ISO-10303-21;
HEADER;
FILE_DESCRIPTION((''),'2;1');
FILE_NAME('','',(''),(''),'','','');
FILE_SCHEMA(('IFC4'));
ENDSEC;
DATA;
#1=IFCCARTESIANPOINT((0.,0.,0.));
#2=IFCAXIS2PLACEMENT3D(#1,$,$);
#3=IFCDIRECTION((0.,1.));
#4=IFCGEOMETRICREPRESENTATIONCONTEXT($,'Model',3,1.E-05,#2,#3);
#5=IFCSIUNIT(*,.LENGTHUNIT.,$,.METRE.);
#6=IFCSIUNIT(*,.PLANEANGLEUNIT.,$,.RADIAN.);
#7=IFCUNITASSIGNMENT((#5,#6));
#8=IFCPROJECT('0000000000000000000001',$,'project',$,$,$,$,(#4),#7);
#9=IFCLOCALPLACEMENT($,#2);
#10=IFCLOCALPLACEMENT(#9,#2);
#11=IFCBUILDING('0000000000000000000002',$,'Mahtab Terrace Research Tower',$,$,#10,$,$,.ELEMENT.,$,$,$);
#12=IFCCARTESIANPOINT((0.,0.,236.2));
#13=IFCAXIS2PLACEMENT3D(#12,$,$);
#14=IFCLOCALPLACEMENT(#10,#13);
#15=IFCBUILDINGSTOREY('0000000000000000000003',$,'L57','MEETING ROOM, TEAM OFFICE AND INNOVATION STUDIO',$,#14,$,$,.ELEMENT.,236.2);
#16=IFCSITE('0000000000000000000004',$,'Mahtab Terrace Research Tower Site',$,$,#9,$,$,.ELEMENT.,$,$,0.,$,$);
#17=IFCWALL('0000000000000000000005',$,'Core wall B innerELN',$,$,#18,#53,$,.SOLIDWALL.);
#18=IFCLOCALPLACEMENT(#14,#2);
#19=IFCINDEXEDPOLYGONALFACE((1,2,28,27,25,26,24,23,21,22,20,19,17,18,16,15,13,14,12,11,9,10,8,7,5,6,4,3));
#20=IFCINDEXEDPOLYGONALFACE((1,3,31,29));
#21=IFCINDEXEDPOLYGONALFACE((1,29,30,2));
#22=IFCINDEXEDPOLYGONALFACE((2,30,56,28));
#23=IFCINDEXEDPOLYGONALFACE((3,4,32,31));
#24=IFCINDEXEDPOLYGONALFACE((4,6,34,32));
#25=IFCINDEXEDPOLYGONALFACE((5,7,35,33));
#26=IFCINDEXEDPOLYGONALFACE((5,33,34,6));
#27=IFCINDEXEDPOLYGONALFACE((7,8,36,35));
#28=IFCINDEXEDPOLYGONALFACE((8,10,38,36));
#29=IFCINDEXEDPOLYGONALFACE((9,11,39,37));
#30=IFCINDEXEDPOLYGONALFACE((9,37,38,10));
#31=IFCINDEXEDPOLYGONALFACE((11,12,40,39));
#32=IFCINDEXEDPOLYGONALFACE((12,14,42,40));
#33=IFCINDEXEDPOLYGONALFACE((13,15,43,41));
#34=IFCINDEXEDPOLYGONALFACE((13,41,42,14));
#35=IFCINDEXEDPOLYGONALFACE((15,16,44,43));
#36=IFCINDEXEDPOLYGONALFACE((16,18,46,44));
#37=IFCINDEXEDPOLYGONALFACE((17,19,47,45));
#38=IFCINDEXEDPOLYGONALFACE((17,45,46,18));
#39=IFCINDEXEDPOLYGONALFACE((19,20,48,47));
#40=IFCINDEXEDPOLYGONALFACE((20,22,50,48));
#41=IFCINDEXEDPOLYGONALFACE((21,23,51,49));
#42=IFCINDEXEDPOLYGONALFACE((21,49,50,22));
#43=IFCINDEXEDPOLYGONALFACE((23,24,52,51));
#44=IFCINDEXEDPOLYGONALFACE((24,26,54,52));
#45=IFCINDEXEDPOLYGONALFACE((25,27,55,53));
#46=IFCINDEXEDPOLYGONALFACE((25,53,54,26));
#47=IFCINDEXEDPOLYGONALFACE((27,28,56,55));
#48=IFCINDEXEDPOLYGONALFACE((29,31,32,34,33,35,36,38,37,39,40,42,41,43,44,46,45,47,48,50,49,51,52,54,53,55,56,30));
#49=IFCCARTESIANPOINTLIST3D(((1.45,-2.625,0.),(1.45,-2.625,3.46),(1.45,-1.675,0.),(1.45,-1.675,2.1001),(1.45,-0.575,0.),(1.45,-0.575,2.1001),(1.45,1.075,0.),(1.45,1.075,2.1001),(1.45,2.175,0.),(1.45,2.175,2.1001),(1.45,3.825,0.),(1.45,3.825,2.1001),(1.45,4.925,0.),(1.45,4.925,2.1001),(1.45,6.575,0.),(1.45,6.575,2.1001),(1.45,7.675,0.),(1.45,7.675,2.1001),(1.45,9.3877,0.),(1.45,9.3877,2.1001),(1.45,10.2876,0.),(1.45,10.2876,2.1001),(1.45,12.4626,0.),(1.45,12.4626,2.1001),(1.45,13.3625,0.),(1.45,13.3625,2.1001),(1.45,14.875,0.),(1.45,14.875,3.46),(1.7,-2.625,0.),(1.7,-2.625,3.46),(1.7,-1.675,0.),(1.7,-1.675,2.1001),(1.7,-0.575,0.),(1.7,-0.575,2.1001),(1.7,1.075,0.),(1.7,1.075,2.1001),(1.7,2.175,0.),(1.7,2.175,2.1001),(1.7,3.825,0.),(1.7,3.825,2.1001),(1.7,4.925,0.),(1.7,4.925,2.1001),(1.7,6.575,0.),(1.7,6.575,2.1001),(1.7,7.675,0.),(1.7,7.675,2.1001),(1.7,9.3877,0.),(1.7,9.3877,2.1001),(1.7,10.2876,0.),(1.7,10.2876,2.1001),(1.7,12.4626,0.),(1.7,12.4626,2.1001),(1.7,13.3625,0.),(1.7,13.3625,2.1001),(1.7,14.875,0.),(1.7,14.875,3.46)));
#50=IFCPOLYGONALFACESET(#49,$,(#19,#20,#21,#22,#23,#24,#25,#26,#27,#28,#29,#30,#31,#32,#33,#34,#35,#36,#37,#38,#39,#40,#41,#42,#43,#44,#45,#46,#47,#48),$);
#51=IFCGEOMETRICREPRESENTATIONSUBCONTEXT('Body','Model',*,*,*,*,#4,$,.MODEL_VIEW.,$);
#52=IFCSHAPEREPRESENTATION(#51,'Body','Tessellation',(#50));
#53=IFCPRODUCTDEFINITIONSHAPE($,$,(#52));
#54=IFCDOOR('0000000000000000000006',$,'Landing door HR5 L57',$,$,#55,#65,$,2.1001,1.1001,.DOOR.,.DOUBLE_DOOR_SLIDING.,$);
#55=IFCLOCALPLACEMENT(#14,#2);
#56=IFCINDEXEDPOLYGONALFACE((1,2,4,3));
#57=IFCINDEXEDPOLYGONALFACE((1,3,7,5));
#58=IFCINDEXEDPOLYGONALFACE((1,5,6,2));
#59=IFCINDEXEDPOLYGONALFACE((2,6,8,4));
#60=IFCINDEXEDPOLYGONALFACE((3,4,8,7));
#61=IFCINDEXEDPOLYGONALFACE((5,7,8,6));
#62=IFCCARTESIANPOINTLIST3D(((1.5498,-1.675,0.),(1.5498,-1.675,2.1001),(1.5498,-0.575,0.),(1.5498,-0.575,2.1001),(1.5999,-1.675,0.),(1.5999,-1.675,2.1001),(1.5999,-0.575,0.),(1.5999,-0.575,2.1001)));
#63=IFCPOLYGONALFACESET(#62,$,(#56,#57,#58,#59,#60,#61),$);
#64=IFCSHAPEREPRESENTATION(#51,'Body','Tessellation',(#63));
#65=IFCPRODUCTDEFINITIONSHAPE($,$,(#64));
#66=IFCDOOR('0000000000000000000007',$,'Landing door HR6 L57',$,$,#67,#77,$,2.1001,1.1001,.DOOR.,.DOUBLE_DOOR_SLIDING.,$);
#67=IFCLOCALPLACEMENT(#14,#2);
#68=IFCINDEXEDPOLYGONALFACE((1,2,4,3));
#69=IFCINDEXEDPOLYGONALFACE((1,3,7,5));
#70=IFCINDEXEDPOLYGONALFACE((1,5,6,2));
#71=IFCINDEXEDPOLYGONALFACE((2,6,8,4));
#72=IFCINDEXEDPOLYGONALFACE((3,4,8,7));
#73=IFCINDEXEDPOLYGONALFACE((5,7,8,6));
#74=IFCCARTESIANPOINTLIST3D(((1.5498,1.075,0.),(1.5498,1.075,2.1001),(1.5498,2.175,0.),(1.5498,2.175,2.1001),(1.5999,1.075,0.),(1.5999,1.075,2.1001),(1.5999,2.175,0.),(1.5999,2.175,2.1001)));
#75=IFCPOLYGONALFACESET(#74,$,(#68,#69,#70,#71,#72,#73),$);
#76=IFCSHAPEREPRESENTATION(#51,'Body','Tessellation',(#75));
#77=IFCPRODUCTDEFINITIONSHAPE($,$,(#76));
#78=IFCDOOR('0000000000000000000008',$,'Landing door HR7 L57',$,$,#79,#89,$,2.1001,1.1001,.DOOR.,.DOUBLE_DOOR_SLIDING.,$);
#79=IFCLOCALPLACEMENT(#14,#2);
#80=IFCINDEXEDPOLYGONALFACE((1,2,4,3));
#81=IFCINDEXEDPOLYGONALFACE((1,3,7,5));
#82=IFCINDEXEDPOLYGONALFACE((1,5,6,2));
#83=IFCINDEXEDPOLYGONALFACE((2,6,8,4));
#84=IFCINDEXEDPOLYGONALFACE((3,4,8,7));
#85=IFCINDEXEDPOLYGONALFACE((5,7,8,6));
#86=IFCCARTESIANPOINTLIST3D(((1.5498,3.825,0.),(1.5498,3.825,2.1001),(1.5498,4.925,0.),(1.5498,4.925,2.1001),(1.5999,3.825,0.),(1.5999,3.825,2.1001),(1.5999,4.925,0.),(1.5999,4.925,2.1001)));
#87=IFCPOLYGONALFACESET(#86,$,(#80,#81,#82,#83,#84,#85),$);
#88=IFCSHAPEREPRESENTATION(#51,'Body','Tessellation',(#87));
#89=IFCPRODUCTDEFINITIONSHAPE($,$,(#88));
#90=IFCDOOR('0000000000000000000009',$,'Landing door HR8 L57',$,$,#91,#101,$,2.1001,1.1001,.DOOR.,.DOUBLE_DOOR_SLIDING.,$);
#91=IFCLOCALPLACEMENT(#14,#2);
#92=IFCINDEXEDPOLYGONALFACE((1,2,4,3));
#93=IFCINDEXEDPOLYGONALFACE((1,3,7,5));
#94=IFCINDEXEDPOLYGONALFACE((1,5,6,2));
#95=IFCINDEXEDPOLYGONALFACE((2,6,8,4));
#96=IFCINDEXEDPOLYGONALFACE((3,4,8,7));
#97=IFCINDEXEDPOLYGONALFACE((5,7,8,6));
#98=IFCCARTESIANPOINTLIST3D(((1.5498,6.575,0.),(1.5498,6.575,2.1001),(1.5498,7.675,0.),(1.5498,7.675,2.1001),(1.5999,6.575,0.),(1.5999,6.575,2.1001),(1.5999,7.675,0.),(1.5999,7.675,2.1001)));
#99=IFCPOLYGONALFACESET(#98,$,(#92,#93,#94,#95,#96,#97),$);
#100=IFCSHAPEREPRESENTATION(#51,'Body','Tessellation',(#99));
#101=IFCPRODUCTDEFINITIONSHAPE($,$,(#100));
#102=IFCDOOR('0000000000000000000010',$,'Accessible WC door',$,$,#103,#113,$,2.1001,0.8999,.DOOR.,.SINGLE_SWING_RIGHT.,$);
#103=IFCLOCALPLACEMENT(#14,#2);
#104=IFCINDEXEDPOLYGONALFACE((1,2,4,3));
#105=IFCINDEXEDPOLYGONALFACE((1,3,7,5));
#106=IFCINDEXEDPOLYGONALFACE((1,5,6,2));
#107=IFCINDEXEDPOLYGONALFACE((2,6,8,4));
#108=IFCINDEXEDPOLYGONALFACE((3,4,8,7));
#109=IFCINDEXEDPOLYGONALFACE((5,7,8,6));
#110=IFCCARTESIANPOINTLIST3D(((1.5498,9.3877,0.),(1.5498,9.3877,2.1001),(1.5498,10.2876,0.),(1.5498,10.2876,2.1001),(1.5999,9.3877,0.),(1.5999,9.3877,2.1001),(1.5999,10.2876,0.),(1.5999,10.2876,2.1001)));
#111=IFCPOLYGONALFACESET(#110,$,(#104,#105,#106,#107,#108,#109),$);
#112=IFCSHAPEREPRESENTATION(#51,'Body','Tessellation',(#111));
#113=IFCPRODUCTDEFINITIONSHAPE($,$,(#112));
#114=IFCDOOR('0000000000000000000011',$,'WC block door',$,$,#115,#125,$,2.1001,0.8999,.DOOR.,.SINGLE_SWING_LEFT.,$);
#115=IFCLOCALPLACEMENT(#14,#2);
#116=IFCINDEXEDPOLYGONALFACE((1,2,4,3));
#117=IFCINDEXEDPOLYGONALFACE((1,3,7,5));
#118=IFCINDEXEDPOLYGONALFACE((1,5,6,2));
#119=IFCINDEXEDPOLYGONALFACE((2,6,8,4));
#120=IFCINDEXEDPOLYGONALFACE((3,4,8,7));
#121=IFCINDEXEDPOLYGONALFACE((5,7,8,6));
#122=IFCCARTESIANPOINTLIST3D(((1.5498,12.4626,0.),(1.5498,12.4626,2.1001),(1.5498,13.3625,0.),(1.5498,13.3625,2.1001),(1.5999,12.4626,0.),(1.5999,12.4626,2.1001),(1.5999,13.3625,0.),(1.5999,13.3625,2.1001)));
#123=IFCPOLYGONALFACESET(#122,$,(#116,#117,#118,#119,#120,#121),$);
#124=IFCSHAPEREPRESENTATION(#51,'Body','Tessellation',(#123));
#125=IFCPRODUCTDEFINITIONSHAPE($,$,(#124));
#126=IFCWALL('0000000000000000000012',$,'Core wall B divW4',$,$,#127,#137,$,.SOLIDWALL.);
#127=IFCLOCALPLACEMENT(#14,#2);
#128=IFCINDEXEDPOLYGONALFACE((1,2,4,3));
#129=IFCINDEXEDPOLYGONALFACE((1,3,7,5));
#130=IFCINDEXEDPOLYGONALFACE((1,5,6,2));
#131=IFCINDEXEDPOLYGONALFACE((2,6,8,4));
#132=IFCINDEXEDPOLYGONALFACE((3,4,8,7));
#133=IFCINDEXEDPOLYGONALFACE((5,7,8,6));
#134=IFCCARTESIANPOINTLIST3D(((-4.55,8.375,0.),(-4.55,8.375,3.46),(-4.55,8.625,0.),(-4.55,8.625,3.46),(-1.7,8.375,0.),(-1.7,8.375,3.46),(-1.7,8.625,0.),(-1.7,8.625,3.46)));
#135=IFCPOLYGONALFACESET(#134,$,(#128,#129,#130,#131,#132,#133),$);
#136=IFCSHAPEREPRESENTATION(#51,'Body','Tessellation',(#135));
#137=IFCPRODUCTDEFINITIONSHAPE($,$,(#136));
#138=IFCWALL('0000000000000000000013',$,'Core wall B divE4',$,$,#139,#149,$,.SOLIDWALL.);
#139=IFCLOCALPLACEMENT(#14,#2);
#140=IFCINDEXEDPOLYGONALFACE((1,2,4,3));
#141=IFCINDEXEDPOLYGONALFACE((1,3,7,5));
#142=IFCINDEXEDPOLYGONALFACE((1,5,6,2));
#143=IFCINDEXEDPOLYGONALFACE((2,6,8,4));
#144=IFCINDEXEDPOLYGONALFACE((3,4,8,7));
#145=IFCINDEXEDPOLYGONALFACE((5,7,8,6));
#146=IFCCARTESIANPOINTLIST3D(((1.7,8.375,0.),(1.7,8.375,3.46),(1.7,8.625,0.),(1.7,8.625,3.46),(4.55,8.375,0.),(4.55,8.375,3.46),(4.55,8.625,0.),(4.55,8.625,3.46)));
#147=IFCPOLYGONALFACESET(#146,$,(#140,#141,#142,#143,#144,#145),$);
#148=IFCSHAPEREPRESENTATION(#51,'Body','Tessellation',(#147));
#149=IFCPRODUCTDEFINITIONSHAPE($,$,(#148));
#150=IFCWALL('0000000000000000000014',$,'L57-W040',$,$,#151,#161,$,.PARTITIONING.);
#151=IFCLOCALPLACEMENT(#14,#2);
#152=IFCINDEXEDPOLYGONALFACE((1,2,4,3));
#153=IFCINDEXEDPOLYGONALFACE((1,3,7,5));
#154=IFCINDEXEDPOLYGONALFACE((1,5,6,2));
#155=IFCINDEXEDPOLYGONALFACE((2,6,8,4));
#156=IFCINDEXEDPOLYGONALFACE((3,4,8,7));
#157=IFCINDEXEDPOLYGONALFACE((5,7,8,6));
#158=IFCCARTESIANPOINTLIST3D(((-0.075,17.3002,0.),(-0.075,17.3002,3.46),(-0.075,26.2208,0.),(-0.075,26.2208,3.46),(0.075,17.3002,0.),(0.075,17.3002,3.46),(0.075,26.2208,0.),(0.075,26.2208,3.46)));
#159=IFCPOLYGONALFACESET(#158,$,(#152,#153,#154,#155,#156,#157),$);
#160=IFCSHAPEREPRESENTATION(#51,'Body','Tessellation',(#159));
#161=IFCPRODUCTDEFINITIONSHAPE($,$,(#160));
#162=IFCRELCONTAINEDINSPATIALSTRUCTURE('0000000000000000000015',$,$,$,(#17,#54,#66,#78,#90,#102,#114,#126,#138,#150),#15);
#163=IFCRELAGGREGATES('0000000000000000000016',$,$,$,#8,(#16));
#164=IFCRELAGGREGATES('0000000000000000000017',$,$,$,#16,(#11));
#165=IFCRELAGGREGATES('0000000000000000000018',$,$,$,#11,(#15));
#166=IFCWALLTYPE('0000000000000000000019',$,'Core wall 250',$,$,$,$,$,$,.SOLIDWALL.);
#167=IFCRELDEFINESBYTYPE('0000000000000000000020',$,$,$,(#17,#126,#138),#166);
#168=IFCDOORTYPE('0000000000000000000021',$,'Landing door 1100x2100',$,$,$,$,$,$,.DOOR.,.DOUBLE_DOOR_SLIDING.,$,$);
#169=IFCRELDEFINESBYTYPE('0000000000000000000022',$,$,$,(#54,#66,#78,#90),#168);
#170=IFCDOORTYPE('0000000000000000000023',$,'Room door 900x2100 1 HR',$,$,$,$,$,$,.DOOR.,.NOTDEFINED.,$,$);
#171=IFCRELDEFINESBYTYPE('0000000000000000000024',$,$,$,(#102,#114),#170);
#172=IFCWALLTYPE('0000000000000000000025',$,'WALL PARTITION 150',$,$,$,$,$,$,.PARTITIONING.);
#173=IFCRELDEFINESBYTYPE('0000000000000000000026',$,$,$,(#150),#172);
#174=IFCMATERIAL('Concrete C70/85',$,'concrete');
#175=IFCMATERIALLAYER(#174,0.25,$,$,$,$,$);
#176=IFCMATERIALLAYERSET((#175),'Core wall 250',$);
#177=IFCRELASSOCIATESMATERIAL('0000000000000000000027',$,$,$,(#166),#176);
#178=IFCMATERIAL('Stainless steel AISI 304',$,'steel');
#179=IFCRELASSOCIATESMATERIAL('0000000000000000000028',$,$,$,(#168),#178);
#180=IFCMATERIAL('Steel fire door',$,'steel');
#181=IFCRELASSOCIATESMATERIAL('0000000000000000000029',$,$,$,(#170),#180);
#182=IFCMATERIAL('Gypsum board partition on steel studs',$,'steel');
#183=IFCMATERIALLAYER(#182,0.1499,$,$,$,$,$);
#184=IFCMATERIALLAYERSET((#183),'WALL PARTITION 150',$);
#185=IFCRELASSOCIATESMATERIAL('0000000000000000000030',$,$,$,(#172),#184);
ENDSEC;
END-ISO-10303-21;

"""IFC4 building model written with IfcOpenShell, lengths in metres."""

from ifc_helpers import new_model, si_unit, direction, frame, frame_2d, origin, place, context, subcontext, project, spatial, rectangle, extrude, material, layer, layer_set, type_object, element, fill, save


model = new_model("IFC4")

# Units and contexts
model_context = context("Model", 3, precision=1e-05, world=origin(), true_north=direction((0.0, 1.0)))
body_context = subcontext(model_context, "Body", "Model", "MODEL_VIEW")
ifc_project = project(units=[si_unit("LENGTHUNIT", "METRE"), si_unit("PLANEANGLEUNIT", "RADIAN")], contexts=[model_context])

# Site, building, storey
site_placement = place(None, origin())
site = spatial("IfcSite", under=ifc_project, at=site_placement, Name="Mahtab Terrace Research Tower Site", CompositionType="ELEMENT", RefElevation=0.0)
building_placement = place(site_placement, origin())
building = spatial("IfcBuilding", under=site, at=building_placement, Name="Mahtab Terrace Research Tower", CompositionType="ELEMENT")
storey_placement = place(building_placement, frame((0.0, 0.0, 236.2)))
storey = spatial("IfcBuildingStorey", under=building, at=storey_placement, Name="L57", Description="MEETING ROOM, TEAM OFFICE AND INNOVATION STUDIO", CompositionType="ELEMENT", Elevation=236.2)

# Shared definitions
ifc_material_1 = material(Name="Concrete C70/85", Category="concrete")

# Shared definitions
ifc_layer_1 = layer(ifc_material_1, 0.25)
ifc_layer_set_1 = layer_set([ifc_layer_1], Name="Core wall 250")
wall_type_1 = type_object("IfcWallType", Name="Core wall 250", PredefinedType="SOLIDWALL", material=ifc_layer_set_1)

# Shared definitions
ifc_material_2 = material(Name="Steel fire door", Category="steel")

# Wall, openings, doors
wall_1_placement = place(storey_placement, frame((1.575, 14.875, 0.0), z_axis=(0.0, 0.0, 1.0), x_axis=(0.0, -1.0, 0.0)))
wall_1 = element("IfcWall", 1, at=wall_1_placement, inside=storey, type_object=wall_type_1, Name="Core wall B innerELN", PredefinedType="SOLIDWALL", context=body_context, shape_type="SweptSolid", body=[
    extrude(rectangle(XDim=17.5, YDim=0.25, at=frame_2d((8.75, 0.0))), origin(), (0.0, 0.0, 1.0), 3.46),
])
opening_1_placement = place(wall_1_placement, frame((15.45, 0.0, 0.0)))
opening_1 = element("IfcOpeningElement", 2, at=opening_1_placement, cuts=wall_1, PredefinedType="OPENING", context=body_context, shape_type="SweptSolid", body=[
    extrude(rectangle(XDim=1.1001, YDim=2.1001, at=frame_2d((0.55, 1.05))), frame((0.0, 0.135, 0.0), z_axis=(0.0, -1.0, 0.0), x_axis=(1.0, 0.0, 0.0)), (0.0, 0.0, 1.0), 0.27),
])
opening_2_placement = place(wall_1_placement, frame((12.7, 0.0, 0.0)))
opening_2 = element("IfcOpeningElement", 3, at=opening_2_placement, cuts=wall_1, PredefinedType="OPENING", context=body_context, shape_type="SweptSolid", body=[
    extrude(rectangle(XDim=1.1001, YDim=2.1001, at=frame_2d((0.55, 1.05))), frame((0.0, 0.135, 0.0), z_axis=(0.0, -1.0, 0.0), x_axis=(1.0, 0.0, 0.0)), (0.0, 0.0, 1.0), 0.27),
])
opening_3_placement = place(wall_1_placement, frame((9.95, 0.0, 0.0)))
opening_3 = element("IfcOpeningElement", 4, at=opening_3_placement, cuts=wall_1, PredefinedType="OPENING", context=body_context, shape_type="SweptSolid", body=[
    extrude(rectangle(XDim=1.1001, YDim=2.1001, at=frame_2d((0.55, 1.05))), frame((0.0, 0.135, 0.0), z_axis=(0.0, -1.0, 0.0), x_axis=(1.0, 0.0, 0.0)), (0.0, 0.0, 1.0), 0.27),
])
opening_4_placement = place(wall_1_placement, frame((7.2, 0.0, 0.0)))
opening_4 = element("IfcOpeningElement", 5, at=opening_4_placement, cuts=wall_1, PredefinedType="OPENING", context=body_context, shape_type="SweptSolid", body=[
    extrude(rectangle(XDim=1.1001, YDim=2.1001, at=frame_2d((0.55, 1.05))), frame((0.0, 0.135, 0.0), z_axis=(0.0, -1.0, 0.0), x_axis=(1.0, 0.0, 0.0)), (0.0, 0.0, 1.0), 0.27),
])
opening_5_placement = place(wall_1_placement, frame((4.5874, 0.0, 0.0)))
opening_5 = element("IfcOpeningElement", 6, at=opening_5_placement, cuts=wall_1, PredefinedType="OPENING", context=body_context, shape_type="SweptSolid", body=[
    extrude(rectangle(XDim=0.8999, YDim=2.1001, at=frame_2d((0.45, 1.05))), frame((0.0, 0.135, 0.0), z_axis=(0.0, -1.0, 0.0), x_axis=(1.0, 0.0, 0.0)), (0.0, 0.0, 1.0), 0.27),
])
opening_6_placement = place(wall_1_placement, frame((1.5125, 0.0, 0.0)))
opening_6 = element("IfcOpeningElement", 7, at=opening_6_placement, cuts=wall_1, PredefinedType="OPENING", context=body_context, shape_type="SweptSolid", body=[
    extrude(rectangle(XDim=0.8999, YDim=2.1001, at=frame_2d((0.45, 1.05))), frame((0.0, 0.135, 0.0), z_axis=(0.0, -1.0, 0.0), x_axis=(1.0, 0.0, 0.0)), (0.0, 0.0, 1.0), 0.27),
])
ifc_material_3 = material(Name="Stainless steel AISI 304", Category="steel")
door_type_1 = type_object("IfcDoorType", Name="Landing door 1100x2100", OperationType="DOUBLE_DOOR_SLIDING", PredefinedType="DOOR", material=ifc_material_3)
door_1_placement = place(opening_1_placement, origin())
door_1 = element("IfcDoor", 8, at=door_1_placement, inside=storey, type_object=door_type_1, Name="Landing door HR5 L57", OperationType="DOUBLE_DOOR_SLIDING", OverallHeight=2.1001, OverallWidth=1.1001, PredefinedType="DOOR", context=body_context, shape_type="SweptSolid", body=[
    extrude(rectangle(XDim=1.1001, YDim=2.1001, at=frame_2d((0.55, 1.05))), frame((0.0, 0.0249, 0.0), z_axis=(0.0, -1.0, 0.0), x_axis=(1.0, 0.0, 0.0)), (0.0, 0.0, 1.0), 0.05),
])
fill(opening_1, door_1)
door_2_placement = place(opening_2_placement, origin())
door_2 = element("IfcDoor", 9, at=door_2_placement, inside=storey, type_object=door_type_1, Name="Landing door HR6 L57", OperationType="DOUBLE_DOOR_SLIDING", OverallHeight=2.1001, OverallWidth=1.1001, PredefinedType="DOOR", context=body_context, shape_type="SweptSolid", body=[
    extrude(rectangle(XDim=1.1001, YDim=2.1001, at=frame_2d((0.55, 1.05))), frame((0.0, 0.0249, 0.0), z_axis=(0.0, -1.0, 0.0), x_axis=(1.0, 0.0, 0.0)), (0.0, 0.0, 1.0), 0.05),
])
fill(opening_2, door_2)
door_3_placement = place(opening_3_placement, origin())
door_3 = element("IfcDoor", 10, at=door_3_placement, inside=storey, type_object=door_type_1, Name="Landing door HR7 L57", OperationType="DOUBLE_DOOR_SLIDING", OverallHeight=2.1001, OverallWidth=1.1001, PredefinedType="DOOR", context=body_context, shape_type="SweptSolid", body=[
    extrude(rectangle(XDim=1.1001, YDim=2.1001, at=frame_2d((0.55, 1.05))), frame((0.0, 0.0249, 0.0), z_axis=(0.0, -1.0, 0.0), x_axis=(1.0, 0.0, 0.0)), (0.0, 0.0, 1.0), 0.05),
])
fill(opening_3, door_3)
door_4_placement = place(opening_4_placement, origin())
door_4 = element("IfcDoor", 11, at=door_4_placement, inside=storey, type_object=door_type_1, Name="Landing door HR8 L57", OperationType="DOUBLE_DOOR_SLIDING", OverallHeight=2.1001, OverallWidth=1.1001, PredefinedType="DOOR", context=body_context, shape_type="SweptSolid", body=[
    extrude(rectangle(XDim=1.1001, YDim=2.1001, at=frame_2d((0.55, 1.05))), frame((0.0, 0.0249, 0.0), z_axis=(0.0, -1.0, 0.0), x_axis=(1.0, 0.0, 0.0)), (0.0, 0.0, 1.0), 0.05),
])
fill(opening_4, door_4)
door_type_2 = type_object("IfcDoorType", Name="Room door 900x2100 1 HR", OperationType="NOTDEFINED", PredefinedType="DOOR", material=ifc_material_2)
door_5_placement = place(opening_5_placement, origin())
door_5 = element("IfcDoor", 12, at=door_5_placement, inside=storey, type_object=door_type_2, Name="Accessible WC door", OperationType="SINGLE_SWING_RIGHT", OverallHeight=2.1001, OverallWidth=0.8999, PredefinedType="DOOR", context=body_context, shape_type="SweptSolid", body=[
    extrude(rectangle(XDim=0.8999, YDim=2.1001, at=frame_2d((0.45, 1.05))), frame((0.0, 0.0249, 0.0), z_axis=(0.0, -1.0, 0.0), x_axis=(1.0, 0.0, 0.0)), (0.0, 0.0, 1.0), 0.05),
])
fill(opening_5, door_5)
door_6_placement = place(opening_6_placement, origin())
door_6 = element("IfcDoor", 13, at=door_6_placement, inside=storey, type_object=door_type_2, Name="WC block door", OperationType="SINGLE_SWING_LEFT", OverallHeight=2.1001, OverallWidth=0.8999, PredefinedType="DOOR", context=body_context, shape_type="SweptSolid", body=[
    extrude(rectangle(XDim=0.8999, YDim=2.1001, at=frame_2d((0.45, 1.05))), frame((0.0, 0.0249, 0.0), z_axis=(0.0, -1.0, 0.0), x_axis=(1.0, 0.0, 0.0)), (0.0, 0.0, 1.0), 0.05),
])
fill(opening_6, door_6)

# Walls
for number, where, z_axis, x_axis, name in (
    (14, (-4.55, 8.5, 0.0), (0.0, 0.0, 1.0), (1.0, 0.0, 0.0), "Core wall B divW4"),
    (15, (1.7, 8.5, 0.0), (0.0, 0.0, 1.0), (1.0, 0.0, 0.0), "Core wall B divE4"),
):
    element("IfcWall", number, at=place(storey_placement, frame(where, z_axis=z_axis, x_axis=x_axis)), inside=storey, type_object=wall_type_1, Name=name, PredefinedType="SOLIDWALL", context=body_context, shape_type="SweptSolid", body=[
        extrude(rectangle(XDim=2.8501, YDim=0.25, at=frame_2d((1.425, 0.0))), origin(), (0.0, 0.0, 1.0), 3.46),
    ])
ifc_material_4 = material(Name="Gypsum board partition on steel studs", Category="steel")
ifc_layer_2 = layer(ifc_material_4, 0.1499)
ifc_layer_set_2 = layer_set([ifc_layer_2], Name="WALL PARTITION 150")
wall_type_2 = type_object("IfcWallType", Name="WALL PARTITION 150", PredefinedType="PARTITIONING", material=ifc_layer_set_2)
wall_2_placement = place(storey_placement, frame((0.0, 17.3, 0.0), z_axis=(0.0, 0.0, 1.0), x_axis=(0.0, 1.0, 0.0)))
element("IfcWall", 16, at=wall_2_placement, inside=storey, type_object=wall_type_2, Name="L57-W040", PredefinedType="PARTITIONING", context=body_context, shape_type="SweptSolid", body=[
    extrude(rectangle(XDim=8.9207, YDim=0.1499, at=frame_2d((4.4604, 0.0))), origin(), (0.0, 0.0, 1.0), 3.46),
])

save(model, "model.ifc")
